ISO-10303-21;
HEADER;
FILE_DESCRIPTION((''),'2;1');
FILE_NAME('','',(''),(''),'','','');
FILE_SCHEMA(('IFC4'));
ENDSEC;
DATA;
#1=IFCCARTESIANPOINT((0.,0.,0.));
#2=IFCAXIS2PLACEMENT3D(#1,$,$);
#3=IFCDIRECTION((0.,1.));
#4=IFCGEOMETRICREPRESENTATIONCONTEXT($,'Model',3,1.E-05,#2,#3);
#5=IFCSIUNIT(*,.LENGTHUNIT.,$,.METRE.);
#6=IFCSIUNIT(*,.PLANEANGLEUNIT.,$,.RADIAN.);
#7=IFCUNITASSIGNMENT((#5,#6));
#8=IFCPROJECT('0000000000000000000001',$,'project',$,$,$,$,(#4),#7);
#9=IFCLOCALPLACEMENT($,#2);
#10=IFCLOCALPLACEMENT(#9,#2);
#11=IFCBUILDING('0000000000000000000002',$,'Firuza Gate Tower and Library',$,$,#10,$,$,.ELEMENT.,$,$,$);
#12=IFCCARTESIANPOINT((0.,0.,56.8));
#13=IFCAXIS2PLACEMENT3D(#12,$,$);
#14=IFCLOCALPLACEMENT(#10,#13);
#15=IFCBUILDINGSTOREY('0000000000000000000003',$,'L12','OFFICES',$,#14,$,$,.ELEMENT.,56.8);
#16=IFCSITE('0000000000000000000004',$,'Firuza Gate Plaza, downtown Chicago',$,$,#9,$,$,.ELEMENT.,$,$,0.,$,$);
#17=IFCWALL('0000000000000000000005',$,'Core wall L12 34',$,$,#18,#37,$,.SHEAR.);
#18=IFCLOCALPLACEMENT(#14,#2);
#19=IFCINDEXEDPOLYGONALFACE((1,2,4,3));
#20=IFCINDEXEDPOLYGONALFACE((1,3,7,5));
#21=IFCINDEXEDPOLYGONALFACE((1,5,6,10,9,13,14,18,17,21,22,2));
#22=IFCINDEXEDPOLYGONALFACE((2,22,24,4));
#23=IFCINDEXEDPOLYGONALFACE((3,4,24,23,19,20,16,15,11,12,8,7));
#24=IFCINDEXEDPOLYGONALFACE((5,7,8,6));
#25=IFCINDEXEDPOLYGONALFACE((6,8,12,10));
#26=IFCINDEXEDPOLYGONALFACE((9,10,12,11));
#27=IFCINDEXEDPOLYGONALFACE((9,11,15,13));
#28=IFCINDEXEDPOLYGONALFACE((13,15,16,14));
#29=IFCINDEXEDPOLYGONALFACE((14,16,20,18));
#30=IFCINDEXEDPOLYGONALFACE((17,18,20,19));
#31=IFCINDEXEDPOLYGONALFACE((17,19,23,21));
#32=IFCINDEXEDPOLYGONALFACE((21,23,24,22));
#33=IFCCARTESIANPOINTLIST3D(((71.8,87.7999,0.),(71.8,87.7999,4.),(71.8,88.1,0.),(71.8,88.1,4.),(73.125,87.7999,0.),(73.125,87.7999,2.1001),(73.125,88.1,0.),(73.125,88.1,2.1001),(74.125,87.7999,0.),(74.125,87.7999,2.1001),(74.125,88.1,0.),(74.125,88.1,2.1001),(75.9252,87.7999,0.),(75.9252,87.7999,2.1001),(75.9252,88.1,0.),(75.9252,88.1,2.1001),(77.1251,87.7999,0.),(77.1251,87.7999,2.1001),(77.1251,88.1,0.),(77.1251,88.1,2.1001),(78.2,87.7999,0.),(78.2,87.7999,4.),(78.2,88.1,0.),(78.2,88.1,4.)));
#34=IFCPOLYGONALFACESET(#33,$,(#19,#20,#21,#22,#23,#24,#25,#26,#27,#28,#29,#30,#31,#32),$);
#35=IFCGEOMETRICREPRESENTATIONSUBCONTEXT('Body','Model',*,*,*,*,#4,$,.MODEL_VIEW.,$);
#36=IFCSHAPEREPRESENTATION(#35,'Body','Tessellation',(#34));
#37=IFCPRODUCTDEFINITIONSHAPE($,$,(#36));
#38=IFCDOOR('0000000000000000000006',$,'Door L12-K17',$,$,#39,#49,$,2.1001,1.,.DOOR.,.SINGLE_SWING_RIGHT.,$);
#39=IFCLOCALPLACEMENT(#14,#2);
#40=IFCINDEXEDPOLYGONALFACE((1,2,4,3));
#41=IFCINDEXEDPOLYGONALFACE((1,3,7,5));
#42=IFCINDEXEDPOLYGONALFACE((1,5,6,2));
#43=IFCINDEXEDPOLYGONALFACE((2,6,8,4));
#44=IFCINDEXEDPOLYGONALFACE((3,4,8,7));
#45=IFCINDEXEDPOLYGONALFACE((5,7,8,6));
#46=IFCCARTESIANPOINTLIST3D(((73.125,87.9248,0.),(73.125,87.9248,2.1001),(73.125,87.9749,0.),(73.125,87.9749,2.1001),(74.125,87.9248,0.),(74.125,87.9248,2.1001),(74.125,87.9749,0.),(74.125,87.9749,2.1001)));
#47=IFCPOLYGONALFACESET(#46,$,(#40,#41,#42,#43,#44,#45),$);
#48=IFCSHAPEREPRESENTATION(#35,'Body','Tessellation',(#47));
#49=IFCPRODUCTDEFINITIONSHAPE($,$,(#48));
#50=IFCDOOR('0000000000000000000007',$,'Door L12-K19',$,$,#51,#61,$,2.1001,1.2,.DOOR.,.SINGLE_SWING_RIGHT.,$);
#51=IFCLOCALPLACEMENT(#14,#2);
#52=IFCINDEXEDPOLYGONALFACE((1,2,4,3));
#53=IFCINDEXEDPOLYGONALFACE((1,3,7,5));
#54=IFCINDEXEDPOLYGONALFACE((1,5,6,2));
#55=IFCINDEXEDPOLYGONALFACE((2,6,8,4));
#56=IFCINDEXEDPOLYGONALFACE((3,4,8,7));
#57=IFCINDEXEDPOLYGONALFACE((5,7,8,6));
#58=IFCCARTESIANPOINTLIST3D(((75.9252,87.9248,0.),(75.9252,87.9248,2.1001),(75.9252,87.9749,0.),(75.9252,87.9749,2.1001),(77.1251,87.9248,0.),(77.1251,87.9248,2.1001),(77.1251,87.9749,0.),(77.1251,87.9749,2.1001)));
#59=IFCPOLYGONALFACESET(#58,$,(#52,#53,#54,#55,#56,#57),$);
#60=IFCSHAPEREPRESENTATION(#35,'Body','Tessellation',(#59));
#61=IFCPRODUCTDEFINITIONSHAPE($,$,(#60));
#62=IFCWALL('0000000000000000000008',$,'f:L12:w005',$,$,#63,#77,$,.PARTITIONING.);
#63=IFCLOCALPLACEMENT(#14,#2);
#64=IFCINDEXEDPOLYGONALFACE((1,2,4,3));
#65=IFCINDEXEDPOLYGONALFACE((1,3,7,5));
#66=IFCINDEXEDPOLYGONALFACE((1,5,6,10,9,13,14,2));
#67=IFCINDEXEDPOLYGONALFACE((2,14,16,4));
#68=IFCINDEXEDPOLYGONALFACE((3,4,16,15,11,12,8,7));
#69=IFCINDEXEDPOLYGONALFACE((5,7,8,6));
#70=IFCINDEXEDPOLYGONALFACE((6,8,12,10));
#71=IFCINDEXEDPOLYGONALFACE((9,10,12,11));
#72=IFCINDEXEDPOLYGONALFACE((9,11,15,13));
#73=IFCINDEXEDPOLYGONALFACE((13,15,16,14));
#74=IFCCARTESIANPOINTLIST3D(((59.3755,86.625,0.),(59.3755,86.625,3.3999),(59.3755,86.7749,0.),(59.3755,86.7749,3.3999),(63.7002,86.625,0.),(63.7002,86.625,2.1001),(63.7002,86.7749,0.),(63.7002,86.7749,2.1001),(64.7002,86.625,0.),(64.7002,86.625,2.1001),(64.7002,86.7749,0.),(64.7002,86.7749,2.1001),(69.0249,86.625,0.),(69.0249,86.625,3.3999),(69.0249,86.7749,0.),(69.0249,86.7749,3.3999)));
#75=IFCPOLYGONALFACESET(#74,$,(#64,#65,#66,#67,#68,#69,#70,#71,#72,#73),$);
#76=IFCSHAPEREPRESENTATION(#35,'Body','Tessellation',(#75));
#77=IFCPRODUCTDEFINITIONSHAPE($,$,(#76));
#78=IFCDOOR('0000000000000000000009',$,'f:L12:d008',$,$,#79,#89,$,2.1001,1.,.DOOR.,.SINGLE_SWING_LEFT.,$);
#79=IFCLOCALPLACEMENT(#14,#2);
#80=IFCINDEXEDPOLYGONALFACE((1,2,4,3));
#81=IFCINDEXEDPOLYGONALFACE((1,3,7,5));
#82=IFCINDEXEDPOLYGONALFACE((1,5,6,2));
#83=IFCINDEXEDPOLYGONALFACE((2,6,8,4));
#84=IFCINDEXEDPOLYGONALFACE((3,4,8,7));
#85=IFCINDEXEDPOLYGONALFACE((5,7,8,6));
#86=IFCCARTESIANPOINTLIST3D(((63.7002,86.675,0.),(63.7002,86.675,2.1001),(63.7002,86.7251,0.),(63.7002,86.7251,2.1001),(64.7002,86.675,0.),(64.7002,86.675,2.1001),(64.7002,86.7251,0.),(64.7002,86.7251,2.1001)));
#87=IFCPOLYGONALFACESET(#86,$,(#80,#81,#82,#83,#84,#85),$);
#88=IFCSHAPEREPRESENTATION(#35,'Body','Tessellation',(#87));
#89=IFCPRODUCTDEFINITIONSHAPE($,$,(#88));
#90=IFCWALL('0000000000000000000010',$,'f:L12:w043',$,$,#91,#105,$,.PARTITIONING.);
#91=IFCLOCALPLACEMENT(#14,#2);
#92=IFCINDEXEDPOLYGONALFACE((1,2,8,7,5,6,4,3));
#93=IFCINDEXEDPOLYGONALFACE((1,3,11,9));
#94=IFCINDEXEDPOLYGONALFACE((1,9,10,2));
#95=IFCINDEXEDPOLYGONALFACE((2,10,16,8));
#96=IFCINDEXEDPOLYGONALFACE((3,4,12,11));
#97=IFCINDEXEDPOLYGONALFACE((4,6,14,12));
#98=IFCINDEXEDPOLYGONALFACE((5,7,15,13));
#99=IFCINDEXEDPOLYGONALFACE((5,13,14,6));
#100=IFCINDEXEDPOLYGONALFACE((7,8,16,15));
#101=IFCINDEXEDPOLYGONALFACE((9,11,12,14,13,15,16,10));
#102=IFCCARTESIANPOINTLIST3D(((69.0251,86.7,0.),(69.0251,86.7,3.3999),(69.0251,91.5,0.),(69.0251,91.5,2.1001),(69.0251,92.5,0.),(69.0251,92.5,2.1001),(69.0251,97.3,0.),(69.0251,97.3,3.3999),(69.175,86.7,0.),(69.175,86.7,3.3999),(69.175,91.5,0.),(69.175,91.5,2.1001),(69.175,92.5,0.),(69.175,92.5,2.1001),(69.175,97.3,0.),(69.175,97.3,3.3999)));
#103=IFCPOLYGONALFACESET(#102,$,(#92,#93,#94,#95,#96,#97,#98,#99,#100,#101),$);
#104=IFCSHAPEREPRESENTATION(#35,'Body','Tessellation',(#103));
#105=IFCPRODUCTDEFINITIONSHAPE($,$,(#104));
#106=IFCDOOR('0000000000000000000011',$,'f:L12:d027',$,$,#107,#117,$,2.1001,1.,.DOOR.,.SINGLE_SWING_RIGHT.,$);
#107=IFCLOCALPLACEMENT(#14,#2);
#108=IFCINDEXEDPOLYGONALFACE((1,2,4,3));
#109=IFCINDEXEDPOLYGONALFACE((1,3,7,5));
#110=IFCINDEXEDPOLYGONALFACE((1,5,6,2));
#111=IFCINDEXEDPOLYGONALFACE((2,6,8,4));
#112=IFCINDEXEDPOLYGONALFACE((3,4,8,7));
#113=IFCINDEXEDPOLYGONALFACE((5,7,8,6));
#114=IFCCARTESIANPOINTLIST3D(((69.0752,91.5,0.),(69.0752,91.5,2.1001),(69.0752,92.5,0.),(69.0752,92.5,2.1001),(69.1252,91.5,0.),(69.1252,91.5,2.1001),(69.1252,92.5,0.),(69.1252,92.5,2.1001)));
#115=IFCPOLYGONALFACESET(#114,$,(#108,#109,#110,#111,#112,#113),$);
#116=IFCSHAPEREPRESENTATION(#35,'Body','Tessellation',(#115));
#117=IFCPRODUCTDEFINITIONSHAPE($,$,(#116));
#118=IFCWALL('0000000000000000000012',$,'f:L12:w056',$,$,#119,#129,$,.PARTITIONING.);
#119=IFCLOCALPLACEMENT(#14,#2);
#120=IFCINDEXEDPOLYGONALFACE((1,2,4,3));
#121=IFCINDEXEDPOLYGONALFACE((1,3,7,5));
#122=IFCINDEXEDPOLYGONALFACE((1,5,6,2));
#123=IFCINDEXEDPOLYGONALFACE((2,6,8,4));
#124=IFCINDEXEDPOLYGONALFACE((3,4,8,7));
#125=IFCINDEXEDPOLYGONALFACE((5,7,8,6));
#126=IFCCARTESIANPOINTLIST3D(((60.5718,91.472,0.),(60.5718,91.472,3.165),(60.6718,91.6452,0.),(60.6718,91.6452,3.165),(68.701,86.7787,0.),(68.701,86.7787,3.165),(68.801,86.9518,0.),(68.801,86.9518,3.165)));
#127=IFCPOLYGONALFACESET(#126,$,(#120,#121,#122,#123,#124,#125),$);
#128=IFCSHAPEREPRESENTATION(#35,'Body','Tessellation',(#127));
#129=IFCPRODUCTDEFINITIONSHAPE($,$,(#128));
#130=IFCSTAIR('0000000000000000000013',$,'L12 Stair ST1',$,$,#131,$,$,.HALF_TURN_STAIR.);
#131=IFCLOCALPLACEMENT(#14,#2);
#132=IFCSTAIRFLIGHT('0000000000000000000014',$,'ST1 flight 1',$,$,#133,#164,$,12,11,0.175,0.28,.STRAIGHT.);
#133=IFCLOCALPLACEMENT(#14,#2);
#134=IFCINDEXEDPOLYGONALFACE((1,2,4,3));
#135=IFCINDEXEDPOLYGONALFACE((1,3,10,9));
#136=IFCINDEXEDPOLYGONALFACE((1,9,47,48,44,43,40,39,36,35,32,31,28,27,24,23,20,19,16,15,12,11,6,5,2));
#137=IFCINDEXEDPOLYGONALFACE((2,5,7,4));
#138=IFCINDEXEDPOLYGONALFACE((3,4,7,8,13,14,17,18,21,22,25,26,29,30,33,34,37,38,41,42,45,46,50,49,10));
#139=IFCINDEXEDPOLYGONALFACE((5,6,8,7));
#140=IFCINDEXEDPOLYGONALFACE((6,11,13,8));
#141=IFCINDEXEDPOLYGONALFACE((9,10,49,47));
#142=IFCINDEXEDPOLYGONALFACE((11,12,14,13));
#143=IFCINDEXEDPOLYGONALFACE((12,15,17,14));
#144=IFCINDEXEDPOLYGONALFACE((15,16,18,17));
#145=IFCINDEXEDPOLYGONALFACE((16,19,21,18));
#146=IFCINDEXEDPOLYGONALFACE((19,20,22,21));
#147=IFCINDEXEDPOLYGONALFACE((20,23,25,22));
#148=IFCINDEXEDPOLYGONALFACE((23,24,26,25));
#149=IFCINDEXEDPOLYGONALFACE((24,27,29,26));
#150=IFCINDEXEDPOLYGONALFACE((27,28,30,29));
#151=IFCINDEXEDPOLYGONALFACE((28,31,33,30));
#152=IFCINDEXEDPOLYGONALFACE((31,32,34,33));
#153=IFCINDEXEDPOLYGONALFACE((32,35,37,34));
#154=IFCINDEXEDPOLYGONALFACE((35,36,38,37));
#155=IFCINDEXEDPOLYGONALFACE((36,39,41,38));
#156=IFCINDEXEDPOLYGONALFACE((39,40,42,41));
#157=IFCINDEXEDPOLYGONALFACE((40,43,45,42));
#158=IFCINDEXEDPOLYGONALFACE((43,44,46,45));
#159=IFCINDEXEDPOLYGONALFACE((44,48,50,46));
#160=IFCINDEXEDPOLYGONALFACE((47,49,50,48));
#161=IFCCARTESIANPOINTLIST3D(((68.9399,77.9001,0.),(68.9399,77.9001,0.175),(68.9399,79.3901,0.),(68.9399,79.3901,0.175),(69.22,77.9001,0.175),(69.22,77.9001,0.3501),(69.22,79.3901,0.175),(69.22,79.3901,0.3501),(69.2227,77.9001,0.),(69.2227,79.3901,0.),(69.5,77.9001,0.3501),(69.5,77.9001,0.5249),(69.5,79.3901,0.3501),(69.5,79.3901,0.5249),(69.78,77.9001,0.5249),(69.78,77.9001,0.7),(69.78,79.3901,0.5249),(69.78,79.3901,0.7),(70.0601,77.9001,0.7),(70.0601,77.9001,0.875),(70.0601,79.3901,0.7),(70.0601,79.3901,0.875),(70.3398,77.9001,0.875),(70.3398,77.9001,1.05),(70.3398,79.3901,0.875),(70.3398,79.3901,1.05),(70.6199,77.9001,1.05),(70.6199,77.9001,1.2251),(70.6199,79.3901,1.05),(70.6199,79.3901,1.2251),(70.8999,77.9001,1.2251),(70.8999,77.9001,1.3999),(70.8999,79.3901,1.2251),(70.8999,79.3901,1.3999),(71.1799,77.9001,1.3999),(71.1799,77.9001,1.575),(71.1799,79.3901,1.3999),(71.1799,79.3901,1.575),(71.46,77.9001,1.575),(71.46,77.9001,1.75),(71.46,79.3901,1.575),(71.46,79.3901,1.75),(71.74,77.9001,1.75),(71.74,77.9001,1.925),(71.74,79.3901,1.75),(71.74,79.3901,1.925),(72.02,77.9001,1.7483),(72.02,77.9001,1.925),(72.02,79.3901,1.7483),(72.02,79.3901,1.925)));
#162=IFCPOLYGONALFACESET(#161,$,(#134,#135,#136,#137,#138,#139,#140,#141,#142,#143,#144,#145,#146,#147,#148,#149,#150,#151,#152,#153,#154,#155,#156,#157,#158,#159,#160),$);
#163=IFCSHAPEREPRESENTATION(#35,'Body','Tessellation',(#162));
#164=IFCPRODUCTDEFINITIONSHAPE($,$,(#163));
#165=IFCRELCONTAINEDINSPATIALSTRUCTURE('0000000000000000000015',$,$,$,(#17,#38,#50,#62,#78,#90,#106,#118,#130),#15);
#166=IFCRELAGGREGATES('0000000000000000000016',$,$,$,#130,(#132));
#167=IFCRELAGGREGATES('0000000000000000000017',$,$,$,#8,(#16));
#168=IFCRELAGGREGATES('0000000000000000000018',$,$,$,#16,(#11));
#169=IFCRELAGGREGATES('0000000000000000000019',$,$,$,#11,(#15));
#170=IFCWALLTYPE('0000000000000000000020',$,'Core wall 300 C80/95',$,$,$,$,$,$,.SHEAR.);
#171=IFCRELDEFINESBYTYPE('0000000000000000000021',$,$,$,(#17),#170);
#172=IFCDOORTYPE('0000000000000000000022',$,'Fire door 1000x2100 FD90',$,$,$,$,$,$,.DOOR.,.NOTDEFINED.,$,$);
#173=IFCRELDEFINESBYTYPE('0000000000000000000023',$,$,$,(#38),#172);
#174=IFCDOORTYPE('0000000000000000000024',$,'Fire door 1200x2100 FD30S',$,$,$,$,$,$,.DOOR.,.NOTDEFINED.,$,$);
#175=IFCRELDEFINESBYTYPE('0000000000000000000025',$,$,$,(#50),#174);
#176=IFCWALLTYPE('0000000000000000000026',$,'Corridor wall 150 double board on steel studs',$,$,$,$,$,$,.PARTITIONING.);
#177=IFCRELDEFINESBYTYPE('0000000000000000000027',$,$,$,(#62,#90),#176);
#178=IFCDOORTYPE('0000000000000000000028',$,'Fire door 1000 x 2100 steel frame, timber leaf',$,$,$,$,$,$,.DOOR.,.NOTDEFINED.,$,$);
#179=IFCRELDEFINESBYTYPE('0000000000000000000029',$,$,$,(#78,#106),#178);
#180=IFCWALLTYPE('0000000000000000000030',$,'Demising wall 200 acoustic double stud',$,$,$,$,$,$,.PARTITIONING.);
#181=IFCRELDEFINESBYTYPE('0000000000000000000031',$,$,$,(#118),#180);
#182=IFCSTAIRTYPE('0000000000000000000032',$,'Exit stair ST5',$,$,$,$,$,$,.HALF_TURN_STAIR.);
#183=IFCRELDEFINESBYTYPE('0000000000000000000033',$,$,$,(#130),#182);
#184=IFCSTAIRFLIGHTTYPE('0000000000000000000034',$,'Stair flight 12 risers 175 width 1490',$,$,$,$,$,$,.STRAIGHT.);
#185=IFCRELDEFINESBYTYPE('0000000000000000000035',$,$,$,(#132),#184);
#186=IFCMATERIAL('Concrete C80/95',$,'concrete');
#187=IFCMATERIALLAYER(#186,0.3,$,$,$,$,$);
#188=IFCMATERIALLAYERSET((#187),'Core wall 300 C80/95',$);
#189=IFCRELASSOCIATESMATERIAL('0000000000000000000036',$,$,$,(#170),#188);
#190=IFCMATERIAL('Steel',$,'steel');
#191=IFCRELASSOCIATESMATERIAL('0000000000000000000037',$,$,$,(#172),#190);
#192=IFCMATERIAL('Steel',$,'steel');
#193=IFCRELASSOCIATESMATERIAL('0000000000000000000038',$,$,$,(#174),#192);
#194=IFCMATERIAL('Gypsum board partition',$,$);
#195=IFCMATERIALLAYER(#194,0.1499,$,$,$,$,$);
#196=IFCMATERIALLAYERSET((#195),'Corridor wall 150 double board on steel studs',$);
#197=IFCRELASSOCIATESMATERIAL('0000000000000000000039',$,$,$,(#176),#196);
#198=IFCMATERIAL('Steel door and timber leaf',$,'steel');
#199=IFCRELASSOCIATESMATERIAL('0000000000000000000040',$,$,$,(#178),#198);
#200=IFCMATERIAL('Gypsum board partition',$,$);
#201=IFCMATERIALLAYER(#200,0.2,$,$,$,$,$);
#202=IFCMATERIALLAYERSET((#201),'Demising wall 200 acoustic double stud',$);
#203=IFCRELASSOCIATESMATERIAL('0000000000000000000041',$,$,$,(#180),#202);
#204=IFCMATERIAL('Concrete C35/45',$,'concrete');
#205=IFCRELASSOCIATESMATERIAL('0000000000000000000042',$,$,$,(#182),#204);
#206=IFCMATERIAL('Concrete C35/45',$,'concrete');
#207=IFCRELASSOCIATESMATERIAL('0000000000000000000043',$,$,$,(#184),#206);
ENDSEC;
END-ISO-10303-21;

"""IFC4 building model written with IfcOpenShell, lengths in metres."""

from ifc_helpers import new_model, si_unit, direction, frame, frame_2d, origin, place, context, subcontext, project, spatial, polyline, rectangle, outline, extrude, material, layer, layer_set, type_object, element, fill, aggregate, save


model = new_model("IFC4")

# Units and contexts
model_context = context("Model", 3, precision=1e-05, world=origin(), true_north=direction((0.0, 1.0)))
body_context = subcontext(model_context, "Body", "Model", "MODEL_VIEW")
ifc_project = project(units=[si_unit("LENGTHUNIT", "METRE"), si_unit("PLANEANGLEUNIT", "RADIAN")], contexts=[model_context])

# Site, building, storey
site_placement = place(None, origin())
site = spatial("IfcSite", under=ifc_project, at=site_placement, Name="Firuza Gate Plaza, downtown Chicago", CompositionType="ELEMENT", RefElevation=0.0)
building_placement = place(site_placement, origin())
building = spatial("IfcBuilding", under=site, at=building_placement, Name="Firuza Gate Tower and Library", CompositionType="ELEMENT")
storey_placement = place(building_placement, frame((0.0, 0.0, 56.8)))
storey = spatial("IfcBuildingStorey", under=building, at=storey_placement, Name="L12", Description="OFFICES", CompositionType="ELEMENT", Elevation=56.8)

# Shared definitions
ifc_material_1 = material(Name="Concrete C80/95", Category="concrete")
ifc_layer_1 = layer(ifc_material_1, 0.3)
ifc_layer_set_1 = layer_set([ifc_layer_1], Name="Core wall 300 C80/95")
wall_type_1 = type_object("IfcWallType", Name="Core wall 300 C80/95", PredefinedType="SHEAR", material=ifc_layer_set_1)

# Wall, openings, doors
wall_1_placement = place(storey_placement, frame((71.8, 87.95, 0.0), z_axis=(0.0, 0.0, 1.0), x_axis=(1.0, 0.0, 0.0)))
wall_1 = element("IfcWall", 1, at=wall_1_placement, inside=storey, type_object=wall_type_1, Name="Core wall L12 34", PredefinedType="SHEAR", context=body_context, shape_type="SweptSolid", body=[
    extrude(rectangle(XDim=6.3999, YDim=0.3, at=frame_2d((3.2, 0.0))), origin(), (0.0, 0.0, 1.0), 4.0),
])
opening_1_placement = place(wall_1_placement, frame((1.325, 0.0, 0.0)))
opening_1 = element("IfcOpeningElement", 2, at=opening_1_placement, cuts=wall_1, PredefinedType="OPENING", context=body_context, shape_type="SweptSolid", body=[
    extrude(rectangle(XDim=1.0, YDim=2.1001, at=frame_2d((0.5, 1.05))), frame((0.0, 0.1602, 0.0), z_axis=(0.0, -1.0, 0.0), x_axis=(1.0, 0.0, 0.0)), (0.0, 0.0, 1.0), 0.3201),
])
opening_2_placement = place(wall_1_placement, frame((4.125, 0.0, 0.0)))
opening_2 = element("IfcOpeningElement", 3, at=opening_2_placement, cuts=wall_1, PredefinedType="OPENING", context=body_context, shape_type="SweptSolid", body=[
    extrude(rectangle(XDim=1.2, YDim=2.1001, at=frame_2d((0.6001, 1.05))), frame((0.0, 0.1602, 0.0), z_axis=(0.0, -1.0, 0.0), x_axis=(1.0, 0.0, 0.0)), (0.0, 0.0, 1.0), 0.3201),
])
ifc_material_2 = material(Name="Steel", Category="steel")
door_type_1 = type_object("IfcDoorType", Name="Fire door 1000x2100 FD90", OperationType="NOTDEFINED", PredefinedType="DOOR", material=ifc_material_2)
door_1_placement = place(opening_1_placement, origin())
door_1 = element("IfcDoor", 4, at=door_1_placement, inside=storey, type_object=door_type_1, Name="Door L12-K17", OperationType="SINGLE_SWING_RIGHT", OverallHeight=2.1001, OverallWidth=1.0, PredefinedType="DOOR", context=body_context, shape_type="SweptSolid", body=[
    extrude(rectangle(XDim=1.0, YDim=2.1001, at=frame_2d((0.5, 1.05))), frame((0.0, 0.0249, 0.0), z_axis=(0.0, -1.0, 0.0), x_axis=(1.0, 0.0, 0.0)), (0.0, 0.0, 1.0), 0.05),
])
fill(opening_1, door_1)
ifc_material_3 = material(Name="Steel", Category="steel")
door_type_2 = type_object("IfcDoorType", Name="Fire door 1200x2100 FD30S", OperationType="NOTDEFINED", PredefinedType="DOOR", material=ifc_material_3)
door_2_placement = place(opening_2_placement, origin())
door_2 = element("IfcDoor", 5, at=door_2_placement, inside=storey, type_object=door_type_2, Name="Door L12-K19", OperationType="SINGLE_SWING_RIGHT", OverallHeight=2.1001, OverallWidth=1.2, PredefinedType="DOOR", context=body_context, shape_type="SweptSolid", body=[
    extrude(rectangle(XDim=1.2, YDim=2.1001, at=frame_2d((0.6001, 1.05))), frame((0.0, 0.0249, 0.0), z_axis=(0.0, -1.0, 0.0), x_axis=(1.0, 0.0, 0.0)), (0.0, 0.0, 1.0), 0.05),
])
fill(opening_2, door_2)

# Walls, openings, doors
ifc_material_4 = material(Name="Gypsum board partition")
ifc_layer_2 = layer(ifc_material_4, 0.1499)
ifc_layer_set_2 = layer_set([ifc_layer_2], Name="Corridor wall 150 double board on steel studs")
wall_type_2 = type_object("IfcWallType", Name="Corridor wall 150 double board on steel studs", PredefinedType="PARTITIONING", material=ifc_layer_set_2)
wall_2_placement = place(storey_placement, frame((69.0249, 86.7, 0.0), z_axis=(0.0, 0.0, 1.0), x_axis=(-1.0, 0.0, 0.0)))
wall_2 = element("IfcWall", 6, at=wall_2_placement, inside=storey, type_object=wall_type_2, Name="f:L12:w005", PredefinedType="PARTITIONING", context=body_context, shape_type="SweptSolid", body=[
    extrude(rectangle(XDim=9.6494, YDim=0.1499, at=frame_2d((4.8247, 0.0))), origin(), (0.0, 0.0, 1.0), 3.3999),
])
opening_3_placement = place(wall_2_placement, frame((4.3247, 0.0, 0.0)))
opening_3 = element("IfcOpeningElement", 7, at=opening_3_placement, cuts=wall_2, PredefinedType="OPENING", context=body_context, shape_type="SweptSolid", body=[
    extrude(rectangle(XDim=1.0, YDim=2.1001, at=frame_2d((0.5, 1.05))), frame((0.0, 0.085, 0.0), z_axis=(0.0, -1.0, 0.0), x_axis=(1.0, 0.0, 0.0)), (0.0, 0.0, 1.0), 0.1699),
])
ifc_material_5 = material(Name="Steel door and timber leaf", Category="steel")
door_type_3 = type_object("IfcDoorType", Name="Fire door 1000 x 2100 steel frame, timber leaf", OperationType="NOTDEFINED", PredefinedType="DOOR", material=ifc_material_5)
door_3_placement = place(opening_3_placement, origin())
door_3 = element("IfcDoor", 8, at=door_3_placement, inside=storey, type_object=door_type_3, Name="f:L12:d008", OperationType="SINGLE_SWING_LEFT", OverallHeight=2.1001, OverallWidth=1.0, PredefinedType="DOOR", context=body_context, shape_type="SweptSolid", body=[
    extrude(rectangle(XDim=1.0, YDim=2.1001, at=frame_2d((0.5, 1.05))), frame((0.0, 0.0249, 0.0), z_axis=(0.0, -1.0, 0.0), x_axis=(1.0, 0.0, 0.0)), (0.0, 0.0, 1.0), 0.05),
])
fill(opening_3, door_3)
wall_3_placement = place(storey_placement, frame((69.1001, 86.7, 0.0), z_axis=(0.0, 0.0, 1.0), x_axis=(0.0, 1.0, 0.0)))
wall_3 = element("IfcWall", 9, at=wall_3_placement, inside=storey, type_object=wall_type_2, Name="f:L12:w043", PredefinedType="PARTITIONING", context=body_context, shape_type="SweptSolid", body=[
    extrude(rectangle(XDim=10.6001, YDim=0.1499, at=frame_2d((5.3, 0.0))), origin(), (0.0, 0.0, 1.0), 3.3999),
])
opening_4_placement = place(wall_3_placement, frame((4.8, 0.0, 0.0)))
opening_4 = element("IfcOpeningElement", 10, at=opening_4_placement, cuts=wall_3, PredefinedType="OPENING", context=body_context, shape_type="SweptSolid", body=[
    extrude(rectangle(XDim=1.0, YDim=2.1001, at=frame_2d((0.5, 1.05))), frame((0.0, 0.085, 0.0), z_axis=(0.0, -1.0, 0.0), x_axis=(1.0, 0.0, 0.0)), (0.0, 0.0, 1.0), 0.1699),
])
door_4_placement = place(opening_4_placement, origin())
door_4 = element("IfcDoor", 11, at=door_4_placement, inside=storey, type_object=door_type_3, Name="f:L12:d027", OperationType="SINGLE_SWING_RIGHT", OverallHeight=2.1001, OverallWidth=1.0, PredefinedType="DOOR", context=body_context, shape_type="SweptSolid", body=[
    extrude(rectangle(XDim=1.0, YDim=2.1001, at=frame_2d((0.5, 1.05))), frame((0.0, 0.0249, 0.0), z_axis=(0.0, -1.0, 0.0), x_axis=(1.0, 0.0, 0.0)), (0.0, 0.0, 1.0), 0.05),
])
fill(opening_4, door_4)

# Wall
ifc_material_6 = material(Name="Gypsum board partition")
ifc_layer_3 = layer(ifc_material_6, 0.2)
ifc_layer_set_3 = layer_set([ifc_layer_3], Name="Demising wall 200 acoustic double stud")
wall_type_3 = type_object("IfcWallType", Name="Demising wall 200 acoustic double stud", PredefinedType="PARTITIONING", material=ifc_layer_set_3)
wall_4_placement = place(storey_placement, frame((68.751, 86.8652, 0.0), z_axis=(0.0, 0.0, 1.0), x_axis=(-0.866026, 0.499999, 0.0)))
element("IfcWall", 12, at=wall_4_placement, inside=storey, type_object=wall_type_3, Name="f:L12:w056", PredefinedType="PARTITIONING", context=body_context, shape_type="SweptSolid", body=[
    extrude(rectangle(XDim=9.3867, YDim=0.2, at=frame_2d((4.6934, 0.0))), origin(), (0.0, 0.0, 1.0), 3.165),
])

# Stair, stair flight
ifc_material_7 = material(Name="Concrete C35/45", Category="concrete")
stair_type = type_object("IfcStairType", Name="Exit stair ST5", PredefinedType="HALF_TURN_STAIR", material=ifc_material_7)
stair_placement = place(storey_placement, origin())
stair = element("IfcStair", 13, at=stair_placement, inside=storey, type_object=stair_type, Name="L12 Stair ST1", PredefinedType="HALF_TURN_STAIR")
ifc_material_8 = material(Name="Concrete C35/45", Category="concrete")
stair_flight_type = type_object("IfcStairFlightType", Name="Stair flight 12 risers 175 width 1490", PredefinedType="STRAIGHT", material=ifc_material_8)
stair_flight_1_placement = place(storey_placement, frame((68.9399, 78.645, 0.0), z_axis=(0.0, 0.0, 1.0), x_axis=(1.0, 0.0, 0.0)))
stair_flight_1 = element("IfcStairFlight", 14, at=stair_flight_1_placement, type_object=stair_flight_type, Name="ST1 flight 1", NumberOfRisers=12, NumberOfTreads=11, PredefinedType="STRAIGHT", RiserHeight=0.175, TreadLength=0.28, context=body_context, shape_type="SweptSolid", body=[
    extrude(outline(polyline([(0.0, 0.0), (0.0, 0.175), (0.28, 0.175), (0.28, 0.3501), (0.5601, 0.3501), (0.5601, 0.5249), (0.8401, 0.5249), (0.8401, 0.7), (1.1201, 0.7), (1.1201, 0.875), (1.3999, 0.875), (1.3999, 1.05), (1.6799, 1.05), (1.6799, 1.2251), (1.96, 1.2251), (1.96, 1.3999), (2.24, 1.3999), (2.24, 1.575), (2.52, 1.575), (2.52, 1.75), (2.8, 1.75), (2.8, 1.925), (3.0801, 1.925), (3.0801, 2.1001), (3.0801, 1.7483), (0.2827, 0.0), (0.0, 0.0)])), frame((0.0, 0.7451, 0.0), z_axis=(0.0, -1.0, 0.0), x_axis=(1.0, 0.0, 0.0)), (0.0, 0.0, 1.0), 1.49),
])
aggregate(stair, [stair_flight_1])

save(model, "model.ifc")
